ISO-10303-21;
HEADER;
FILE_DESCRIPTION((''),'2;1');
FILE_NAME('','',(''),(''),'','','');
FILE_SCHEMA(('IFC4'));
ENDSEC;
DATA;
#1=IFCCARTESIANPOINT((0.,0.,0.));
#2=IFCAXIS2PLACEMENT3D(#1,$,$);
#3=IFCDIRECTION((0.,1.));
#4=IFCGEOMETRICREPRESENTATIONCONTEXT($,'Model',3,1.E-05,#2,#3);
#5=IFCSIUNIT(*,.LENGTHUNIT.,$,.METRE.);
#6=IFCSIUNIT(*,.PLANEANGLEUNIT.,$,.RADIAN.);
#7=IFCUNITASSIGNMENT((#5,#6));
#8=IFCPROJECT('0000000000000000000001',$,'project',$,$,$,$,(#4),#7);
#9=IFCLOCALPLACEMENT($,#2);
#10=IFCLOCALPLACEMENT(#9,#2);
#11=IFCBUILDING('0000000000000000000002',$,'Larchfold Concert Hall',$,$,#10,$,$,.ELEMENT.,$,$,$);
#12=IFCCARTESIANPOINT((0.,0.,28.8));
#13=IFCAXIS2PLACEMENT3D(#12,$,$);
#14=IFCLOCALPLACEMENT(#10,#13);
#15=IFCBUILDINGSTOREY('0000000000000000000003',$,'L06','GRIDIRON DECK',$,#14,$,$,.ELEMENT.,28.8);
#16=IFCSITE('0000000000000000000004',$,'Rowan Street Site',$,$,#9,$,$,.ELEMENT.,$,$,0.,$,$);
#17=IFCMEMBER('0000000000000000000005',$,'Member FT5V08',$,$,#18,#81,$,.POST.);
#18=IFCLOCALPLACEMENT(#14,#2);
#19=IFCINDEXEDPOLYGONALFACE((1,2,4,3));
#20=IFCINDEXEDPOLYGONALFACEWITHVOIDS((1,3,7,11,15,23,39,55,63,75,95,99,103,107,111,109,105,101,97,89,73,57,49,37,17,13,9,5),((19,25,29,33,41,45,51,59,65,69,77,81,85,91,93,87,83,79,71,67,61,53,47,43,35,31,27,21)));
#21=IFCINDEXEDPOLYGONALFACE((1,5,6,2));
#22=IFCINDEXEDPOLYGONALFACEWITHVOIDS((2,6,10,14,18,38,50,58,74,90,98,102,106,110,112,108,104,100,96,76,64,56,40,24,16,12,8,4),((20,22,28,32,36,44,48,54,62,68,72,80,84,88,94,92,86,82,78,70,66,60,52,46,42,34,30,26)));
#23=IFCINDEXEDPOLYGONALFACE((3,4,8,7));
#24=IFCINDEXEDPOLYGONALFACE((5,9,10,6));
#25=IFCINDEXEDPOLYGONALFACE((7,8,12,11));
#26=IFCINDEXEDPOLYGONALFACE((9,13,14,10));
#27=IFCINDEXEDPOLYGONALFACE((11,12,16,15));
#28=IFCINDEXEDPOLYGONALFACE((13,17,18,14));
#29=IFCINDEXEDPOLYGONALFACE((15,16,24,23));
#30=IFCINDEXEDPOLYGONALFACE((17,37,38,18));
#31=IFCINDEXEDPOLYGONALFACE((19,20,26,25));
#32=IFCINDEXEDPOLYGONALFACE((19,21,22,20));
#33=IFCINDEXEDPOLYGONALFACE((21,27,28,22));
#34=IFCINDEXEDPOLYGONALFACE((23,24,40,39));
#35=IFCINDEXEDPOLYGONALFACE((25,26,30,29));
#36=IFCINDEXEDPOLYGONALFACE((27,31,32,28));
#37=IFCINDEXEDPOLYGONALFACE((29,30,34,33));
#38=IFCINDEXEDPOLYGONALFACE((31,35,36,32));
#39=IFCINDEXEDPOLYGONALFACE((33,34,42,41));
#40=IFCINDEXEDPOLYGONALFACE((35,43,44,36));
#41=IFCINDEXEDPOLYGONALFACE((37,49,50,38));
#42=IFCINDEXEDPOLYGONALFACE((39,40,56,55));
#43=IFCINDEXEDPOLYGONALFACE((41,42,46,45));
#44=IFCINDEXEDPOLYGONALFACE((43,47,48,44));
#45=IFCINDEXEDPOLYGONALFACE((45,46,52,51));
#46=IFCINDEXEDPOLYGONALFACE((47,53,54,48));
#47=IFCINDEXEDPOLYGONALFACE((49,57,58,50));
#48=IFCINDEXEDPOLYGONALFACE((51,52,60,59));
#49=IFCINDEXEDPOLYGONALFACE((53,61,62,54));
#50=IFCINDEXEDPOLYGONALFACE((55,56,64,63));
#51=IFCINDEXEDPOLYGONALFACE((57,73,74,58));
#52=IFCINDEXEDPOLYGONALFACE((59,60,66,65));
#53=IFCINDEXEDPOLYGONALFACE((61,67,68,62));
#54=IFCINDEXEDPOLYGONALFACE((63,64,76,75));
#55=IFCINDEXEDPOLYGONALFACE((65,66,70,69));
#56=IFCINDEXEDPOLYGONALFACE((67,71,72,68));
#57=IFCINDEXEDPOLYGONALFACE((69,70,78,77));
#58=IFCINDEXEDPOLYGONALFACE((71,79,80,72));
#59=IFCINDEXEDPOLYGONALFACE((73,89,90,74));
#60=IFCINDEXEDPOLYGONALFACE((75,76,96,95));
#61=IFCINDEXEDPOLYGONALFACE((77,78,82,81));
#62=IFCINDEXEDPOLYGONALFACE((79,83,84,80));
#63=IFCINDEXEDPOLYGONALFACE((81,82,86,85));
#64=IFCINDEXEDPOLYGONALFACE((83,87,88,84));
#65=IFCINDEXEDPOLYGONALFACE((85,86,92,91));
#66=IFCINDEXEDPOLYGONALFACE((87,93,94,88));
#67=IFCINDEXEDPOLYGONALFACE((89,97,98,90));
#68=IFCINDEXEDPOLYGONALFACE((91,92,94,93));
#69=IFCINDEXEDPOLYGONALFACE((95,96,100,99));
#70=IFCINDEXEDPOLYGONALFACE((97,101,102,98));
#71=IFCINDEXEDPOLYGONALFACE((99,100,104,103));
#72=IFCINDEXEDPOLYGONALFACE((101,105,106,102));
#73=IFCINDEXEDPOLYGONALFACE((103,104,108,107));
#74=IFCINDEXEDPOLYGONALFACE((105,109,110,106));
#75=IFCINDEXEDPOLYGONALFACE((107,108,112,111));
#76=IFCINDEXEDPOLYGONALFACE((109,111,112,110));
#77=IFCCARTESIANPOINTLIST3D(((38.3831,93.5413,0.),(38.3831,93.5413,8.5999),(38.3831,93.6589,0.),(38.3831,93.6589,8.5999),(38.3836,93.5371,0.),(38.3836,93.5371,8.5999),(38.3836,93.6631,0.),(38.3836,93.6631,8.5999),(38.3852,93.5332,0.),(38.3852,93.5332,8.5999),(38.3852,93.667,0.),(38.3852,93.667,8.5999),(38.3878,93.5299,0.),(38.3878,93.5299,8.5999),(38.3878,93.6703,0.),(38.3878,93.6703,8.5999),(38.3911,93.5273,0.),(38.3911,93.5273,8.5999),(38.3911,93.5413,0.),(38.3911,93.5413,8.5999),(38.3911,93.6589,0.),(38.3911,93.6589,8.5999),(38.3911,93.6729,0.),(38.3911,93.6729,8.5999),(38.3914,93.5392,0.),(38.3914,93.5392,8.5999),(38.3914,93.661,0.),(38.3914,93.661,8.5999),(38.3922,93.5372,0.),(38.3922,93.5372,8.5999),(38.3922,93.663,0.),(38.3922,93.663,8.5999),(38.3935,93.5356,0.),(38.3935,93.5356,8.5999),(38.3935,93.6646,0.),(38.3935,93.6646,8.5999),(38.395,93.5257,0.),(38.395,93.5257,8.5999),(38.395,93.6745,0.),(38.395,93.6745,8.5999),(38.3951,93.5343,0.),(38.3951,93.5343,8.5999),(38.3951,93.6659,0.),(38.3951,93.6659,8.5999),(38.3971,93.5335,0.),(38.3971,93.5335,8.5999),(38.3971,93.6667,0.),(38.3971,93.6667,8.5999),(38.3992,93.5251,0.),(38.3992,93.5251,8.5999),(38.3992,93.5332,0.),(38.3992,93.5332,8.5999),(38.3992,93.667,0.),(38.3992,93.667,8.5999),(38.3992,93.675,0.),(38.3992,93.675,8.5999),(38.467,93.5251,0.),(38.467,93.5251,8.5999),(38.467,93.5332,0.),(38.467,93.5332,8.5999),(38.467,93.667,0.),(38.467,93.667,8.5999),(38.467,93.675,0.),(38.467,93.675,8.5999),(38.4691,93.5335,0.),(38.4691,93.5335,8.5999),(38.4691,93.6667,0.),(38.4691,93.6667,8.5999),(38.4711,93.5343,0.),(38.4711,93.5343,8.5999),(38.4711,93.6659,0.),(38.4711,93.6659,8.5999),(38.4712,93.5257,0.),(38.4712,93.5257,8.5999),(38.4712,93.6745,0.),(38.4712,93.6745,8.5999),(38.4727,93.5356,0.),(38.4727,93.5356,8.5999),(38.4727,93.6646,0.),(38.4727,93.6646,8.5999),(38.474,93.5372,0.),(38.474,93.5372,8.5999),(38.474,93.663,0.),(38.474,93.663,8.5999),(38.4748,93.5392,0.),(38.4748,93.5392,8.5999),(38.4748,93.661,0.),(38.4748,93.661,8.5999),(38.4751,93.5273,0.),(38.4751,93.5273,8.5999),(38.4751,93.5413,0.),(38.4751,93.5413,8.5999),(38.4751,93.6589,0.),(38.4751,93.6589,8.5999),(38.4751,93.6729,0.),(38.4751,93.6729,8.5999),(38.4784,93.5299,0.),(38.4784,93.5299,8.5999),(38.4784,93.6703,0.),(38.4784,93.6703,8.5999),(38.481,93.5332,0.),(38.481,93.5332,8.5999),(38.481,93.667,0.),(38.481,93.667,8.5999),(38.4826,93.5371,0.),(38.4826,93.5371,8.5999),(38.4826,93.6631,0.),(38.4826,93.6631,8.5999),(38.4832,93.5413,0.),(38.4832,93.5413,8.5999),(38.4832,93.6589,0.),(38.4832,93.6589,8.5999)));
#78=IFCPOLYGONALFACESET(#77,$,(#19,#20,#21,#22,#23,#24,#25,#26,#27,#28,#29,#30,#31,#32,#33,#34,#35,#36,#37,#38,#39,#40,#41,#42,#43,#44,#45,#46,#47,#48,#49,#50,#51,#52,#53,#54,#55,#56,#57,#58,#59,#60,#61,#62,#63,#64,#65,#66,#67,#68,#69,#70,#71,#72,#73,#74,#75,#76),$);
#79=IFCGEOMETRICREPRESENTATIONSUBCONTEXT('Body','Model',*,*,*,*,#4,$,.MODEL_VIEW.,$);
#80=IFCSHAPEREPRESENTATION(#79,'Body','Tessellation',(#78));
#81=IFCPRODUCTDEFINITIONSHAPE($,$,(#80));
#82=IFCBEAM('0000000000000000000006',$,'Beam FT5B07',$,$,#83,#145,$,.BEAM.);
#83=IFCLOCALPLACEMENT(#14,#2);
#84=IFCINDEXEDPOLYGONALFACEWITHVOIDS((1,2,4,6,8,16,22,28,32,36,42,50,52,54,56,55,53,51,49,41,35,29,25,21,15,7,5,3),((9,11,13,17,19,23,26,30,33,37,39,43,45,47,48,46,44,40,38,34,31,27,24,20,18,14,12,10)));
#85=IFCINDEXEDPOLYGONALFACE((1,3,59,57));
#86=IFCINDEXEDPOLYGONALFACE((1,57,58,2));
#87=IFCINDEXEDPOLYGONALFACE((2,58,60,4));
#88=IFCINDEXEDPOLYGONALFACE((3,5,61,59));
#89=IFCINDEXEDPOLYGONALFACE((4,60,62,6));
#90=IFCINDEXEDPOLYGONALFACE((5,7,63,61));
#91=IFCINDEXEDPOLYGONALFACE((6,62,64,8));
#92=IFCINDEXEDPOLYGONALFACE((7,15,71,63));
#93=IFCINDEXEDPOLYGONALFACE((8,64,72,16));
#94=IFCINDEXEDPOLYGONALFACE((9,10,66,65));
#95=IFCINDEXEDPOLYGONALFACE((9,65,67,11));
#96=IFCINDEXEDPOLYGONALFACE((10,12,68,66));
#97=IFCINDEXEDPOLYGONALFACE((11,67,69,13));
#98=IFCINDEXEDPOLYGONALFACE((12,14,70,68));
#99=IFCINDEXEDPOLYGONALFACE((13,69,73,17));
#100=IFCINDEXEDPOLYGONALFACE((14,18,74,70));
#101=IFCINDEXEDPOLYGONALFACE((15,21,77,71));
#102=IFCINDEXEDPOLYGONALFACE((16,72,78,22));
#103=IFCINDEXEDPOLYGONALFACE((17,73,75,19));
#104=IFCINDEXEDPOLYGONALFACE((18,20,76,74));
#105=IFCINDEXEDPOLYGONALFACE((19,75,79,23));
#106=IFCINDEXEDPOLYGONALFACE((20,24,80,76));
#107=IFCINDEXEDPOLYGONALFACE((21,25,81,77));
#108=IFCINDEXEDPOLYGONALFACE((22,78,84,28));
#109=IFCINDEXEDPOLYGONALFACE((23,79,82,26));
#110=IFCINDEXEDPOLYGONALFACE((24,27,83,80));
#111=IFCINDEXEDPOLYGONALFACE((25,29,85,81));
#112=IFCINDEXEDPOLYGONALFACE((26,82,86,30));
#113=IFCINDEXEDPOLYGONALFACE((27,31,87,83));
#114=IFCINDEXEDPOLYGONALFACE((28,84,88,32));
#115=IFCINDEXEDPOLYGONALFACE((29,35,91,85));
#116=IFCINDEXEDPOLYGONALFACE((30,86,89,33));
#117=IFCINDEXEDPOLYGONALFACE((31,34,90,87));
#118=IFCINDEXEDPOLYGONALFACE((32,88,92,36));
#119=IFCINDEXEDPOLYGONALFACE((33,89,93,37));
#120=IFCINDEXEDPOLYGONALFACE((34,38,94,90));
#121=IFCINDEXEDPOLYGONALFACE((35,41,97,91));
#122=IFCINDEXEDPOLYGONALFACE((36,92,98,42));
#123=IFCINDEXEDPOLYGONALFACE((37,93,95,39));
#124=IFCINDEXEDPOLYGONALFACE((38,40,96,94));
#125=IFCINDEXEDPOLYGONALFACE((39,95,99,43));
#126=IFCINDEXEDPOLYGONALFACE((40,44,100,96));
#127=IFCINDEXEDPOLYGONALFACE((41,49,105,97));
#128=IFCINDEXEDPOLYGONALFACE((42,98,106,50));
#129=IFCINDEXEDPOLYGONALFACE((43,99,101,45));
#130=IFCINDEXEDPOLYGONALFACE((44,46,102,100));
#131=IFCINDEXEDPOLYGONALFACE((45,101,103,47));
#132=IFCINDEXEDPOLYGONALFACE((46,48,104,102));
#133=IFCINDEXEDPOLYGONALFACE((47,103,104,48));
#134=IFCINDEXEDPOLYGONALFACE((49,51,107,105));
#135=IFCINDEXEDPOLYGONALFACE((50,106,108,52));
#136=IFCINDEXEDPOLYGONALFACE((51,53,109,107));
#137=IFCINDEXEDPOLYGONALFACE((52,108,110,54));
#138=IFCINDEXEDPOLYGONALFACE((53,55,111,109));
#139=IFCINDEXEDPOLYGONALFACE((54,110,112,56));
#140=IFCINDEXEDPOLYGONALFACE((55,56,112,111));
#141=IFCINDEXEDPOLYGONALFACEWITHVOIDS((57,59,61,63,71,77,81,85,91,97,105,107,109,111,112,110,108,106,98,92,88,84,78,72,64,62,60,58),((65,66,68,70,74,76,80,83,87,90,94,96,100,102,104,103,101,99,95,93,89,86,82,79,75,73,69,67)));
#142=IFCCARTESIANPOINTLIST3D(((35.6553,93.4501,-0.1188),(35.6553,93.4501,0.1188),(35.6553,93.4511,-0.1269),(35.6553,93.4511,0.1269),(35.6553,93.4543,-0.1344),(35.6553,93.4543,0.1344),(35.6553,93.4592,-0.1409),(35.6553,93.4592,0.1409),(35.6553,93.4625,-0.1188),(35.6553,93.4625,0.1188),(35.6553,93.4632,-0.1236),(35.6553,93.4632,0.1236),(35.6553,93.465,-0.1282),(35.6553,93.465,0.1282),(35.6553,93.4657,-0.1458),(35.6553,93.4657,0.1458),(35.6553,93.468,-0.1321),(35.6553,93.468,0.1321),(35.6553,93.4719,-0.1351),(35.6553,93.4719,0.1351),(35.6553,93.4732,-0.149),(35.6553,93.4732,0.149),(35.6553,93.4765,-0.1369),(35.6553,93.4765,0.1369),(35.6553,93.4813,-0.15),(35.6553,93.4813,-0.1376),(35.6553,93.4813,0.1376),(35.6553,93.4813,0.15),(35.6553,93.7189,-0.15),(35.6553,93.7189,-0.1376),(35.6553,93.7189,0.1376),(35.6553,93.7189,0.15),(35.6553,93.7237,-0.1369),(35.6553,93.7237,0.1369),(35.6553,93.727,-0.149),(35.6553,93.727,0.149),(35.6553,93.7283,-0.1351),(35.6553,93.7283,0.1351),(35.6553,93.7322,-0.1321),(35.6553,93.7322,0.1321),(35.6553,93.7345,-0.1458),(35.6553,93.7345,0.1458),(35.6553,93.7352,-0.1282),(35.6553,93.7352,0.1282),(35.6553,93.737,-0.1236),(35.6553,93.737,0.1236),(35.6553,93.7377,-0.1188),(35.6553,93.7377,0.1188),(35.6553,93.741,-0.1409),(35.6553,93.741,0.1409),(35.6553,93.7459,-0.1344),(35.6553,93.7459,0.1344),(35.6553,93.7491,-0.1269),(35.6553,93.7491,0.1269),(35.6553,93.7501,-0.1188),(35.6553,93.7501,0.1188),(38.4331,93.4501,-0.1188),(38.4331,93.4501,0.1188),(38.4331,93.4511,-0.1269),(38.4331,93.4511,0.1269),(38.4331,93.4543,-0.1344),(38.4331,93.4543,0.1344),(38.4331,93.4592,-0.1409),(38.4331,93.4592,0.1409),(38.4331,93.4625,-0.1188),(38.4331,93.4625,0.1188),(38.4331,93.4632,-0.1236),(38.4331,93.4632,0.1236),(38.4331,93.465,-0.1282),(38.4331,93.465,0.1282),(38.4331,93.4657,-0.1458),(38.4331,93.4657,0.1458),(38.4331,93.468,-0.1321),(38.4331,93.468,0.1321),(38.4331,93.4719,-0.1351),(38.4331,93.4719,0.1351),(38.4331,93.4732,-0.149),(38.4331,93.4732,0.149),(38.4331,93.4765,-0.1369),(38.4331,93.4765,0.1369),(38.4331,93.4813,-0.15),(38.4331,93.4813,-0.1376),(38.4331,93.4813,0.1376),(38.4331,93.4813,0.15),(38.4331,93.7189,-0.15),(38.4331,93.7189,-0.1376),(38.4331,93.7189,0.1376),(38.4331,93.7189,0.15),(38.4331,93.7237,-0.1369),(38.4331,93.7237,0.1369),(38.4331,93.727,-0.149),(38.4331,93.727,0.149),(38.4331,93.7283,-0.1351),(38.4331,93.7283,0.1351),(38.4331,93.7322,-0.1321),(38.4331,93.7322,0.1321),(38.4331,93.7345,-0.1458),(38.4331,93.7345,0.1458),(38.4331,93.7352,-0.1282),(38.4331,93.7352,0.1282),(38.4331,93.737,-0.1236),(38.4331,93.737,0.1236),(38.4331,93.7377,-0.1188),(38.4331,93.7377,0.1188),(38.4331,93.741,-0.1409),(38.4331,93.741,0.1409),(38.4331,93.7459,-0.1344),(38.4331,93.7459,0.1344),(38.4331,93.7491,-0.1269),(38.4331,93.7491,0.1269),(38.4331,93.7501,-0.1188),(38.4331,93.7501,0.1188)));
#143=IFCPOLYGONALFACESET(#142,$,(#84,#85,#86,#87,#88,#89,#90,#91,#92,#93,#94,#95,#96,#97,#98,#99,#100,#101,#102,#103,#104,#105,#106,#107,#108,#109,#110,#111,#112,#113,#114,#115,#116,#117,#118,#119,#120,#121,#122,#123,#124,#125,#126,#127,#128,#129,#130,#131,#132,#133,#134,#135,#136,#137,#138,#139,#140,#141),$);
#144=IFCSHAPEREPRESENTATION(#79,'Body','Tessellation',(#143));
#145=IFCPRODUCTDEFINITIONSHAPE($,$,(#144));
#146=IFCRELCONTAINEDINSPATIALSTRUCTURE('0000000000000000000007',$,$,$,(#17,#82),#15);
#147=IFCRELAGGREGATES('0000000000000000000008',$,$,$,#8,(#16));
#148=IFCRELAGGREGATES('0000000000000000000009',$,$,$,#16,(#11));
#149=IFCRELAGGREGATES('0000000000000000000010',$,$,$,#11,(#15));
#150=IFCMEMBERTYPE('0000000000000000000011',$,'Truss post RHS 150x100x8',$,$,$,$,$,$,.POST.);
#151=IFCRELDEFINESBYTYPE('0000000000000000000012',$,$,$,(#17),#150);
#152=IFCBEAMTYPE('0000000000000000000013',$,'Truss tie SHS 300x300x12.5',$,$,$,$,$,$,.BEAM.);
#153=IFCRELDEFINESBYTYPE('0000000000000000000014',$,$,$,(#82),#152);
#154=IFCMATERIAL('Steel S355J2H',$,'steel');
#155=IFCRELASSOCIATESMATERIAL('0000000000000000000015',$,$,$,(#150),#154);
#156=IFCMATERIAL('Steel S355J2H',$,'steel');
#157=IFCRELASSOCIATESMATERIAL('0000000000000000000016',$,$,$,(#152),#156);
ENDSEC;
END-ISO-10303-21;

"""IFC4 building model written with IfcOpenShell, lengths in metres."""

from ifc_helpers import new_model, si_unit, direction, frame, origin, origin_2d, place, context, subcontext, project, spatial, hollow_rectangle, extrude, material, material_profile, profile_set, type_object, element, save


model = new_model("IFC4")

# Units and contexts
model_context = context("Model", 3, precision=1e-05, world=origin(), true_north=direction((0.0, 1.0)))
body_context = subcontext(model_context, "Body", "Model", "MODEL_VIEW")
ifc_project = project(units=[si_unit("LENGTHUNIT", "METRE"), si_unit("PLANEANGLEUNIT", "RADIAN")], contexts=[model_context])

# Site, building, storey
site_placement = place(None, origin())
site = spatial("IfcSite", under=ifc_project, at=site_placement, Name="Rowan Street Site", CompositionType="ELEMENT", RefElevation=0.0)
building_placement = place(site_placement, origin())
building = spatial("IfcBuilding", under=site, at=building_placement, Name="Larchfold Concert Hall", CompositionType="ELEMENT")
storey_placement = place(building_placement, frame((0.0, 0.0, 28.8)))
storey = spatial("IfcBuildingStorey", under=building, at=storey_placement, Name="L06", Description="GRIDIRON DECK", CompositionType="ELEMENT", Elevation=28.8)

# Member
ifc_material_1 = material(Name="Steel S355J2H", Category="steel")
ifc_material_profile_1 = material_profile(ifc_material_1, hollow_rectangle(XDim=0.1001, YDim=0.1499, WallThickness=0.0081, InnerFilletRadius=0.0081, OuterFilletRadius=0.0161, at=origin_2d()))
ifc_profile_set_1 = profile_set([ifc_material_profile_1], Name="Steel S355J2H")
member_type_1 = type_object("IfcMemberType", Name="Truss post RHS 150x100x8", PredefinedType="POST", material=ifc_profile_set_1)
for number, where, z_axis, x_axis, name in (
    (1, (38.4331, 93.6001, 8.5999), (0.0, 0.0, -1.0), (1.0, 0.0, 0.0), "Member FT5V08"),
):
    element("IfcMember", number, at=place(storey_placement, frame(where, z_axis=z_axis, x_axis=x_axis)), inside=storey, type_object=member_type_1, Name=name, PredefinedType="POST", context=body_context, shape_type="SweptSolid", body=[
        extrude(hollow_rectangle(XDim=0.1001, YDim=0.1499, WallThickness=0.0081, InnerFilletRadius=0.0081, OuterFilletRadius=0.0161, at=origin_2d()), origin(), (0.0, 0.0, 1.0), 8.5999),
    ])

# Beam
ifc_material_2 = material(Name="Steel S355J2H", Category="steel")
ifc_material_profile_2 = material_profile(ifc_material_2, hollow_rectangle(XDim=0.3, YDim=0.3, WallThickness=0.0125, InnerFilletRadius=0.0188, OuterFilletRadius=0.0312, at=origin_2d()))
ifc_profile_set_2 = profile_set([ifc_material_profile_2], Name="Steel S355J2H")
beam_type_1 = type_object("IfcBeamType", Name="Truss tie SHS 300x300x12.5", PredefinedType="BEAM", material=ifc_profile_set_2)
beam_1_placement = place(storey_placement, frame((35.6553, 93.6001, 0.0), z_axis=(1.0, 0.0, 0.0), x_axis=(0.0, 1.0, 0.0)))
element("IfcBeam", 2, at=beam_1_placement, inside=storey, type_object=beam_type_1, Name="Beam FT5B07", PredefinedType="BEAM", context=body_context, shape_type="SweptSolid", body=[
    extrude(hollow_rectangle(XDim=0.3, YDim=0.3, WallThickness=0.0125, InnerFilletRadius=0.0188, OuterFilletRadius=0.0312, at=origin_2d()), origin(), (0.0, 0.0, 1.0), 2.7778),
])

save(model, "model.ifc")
